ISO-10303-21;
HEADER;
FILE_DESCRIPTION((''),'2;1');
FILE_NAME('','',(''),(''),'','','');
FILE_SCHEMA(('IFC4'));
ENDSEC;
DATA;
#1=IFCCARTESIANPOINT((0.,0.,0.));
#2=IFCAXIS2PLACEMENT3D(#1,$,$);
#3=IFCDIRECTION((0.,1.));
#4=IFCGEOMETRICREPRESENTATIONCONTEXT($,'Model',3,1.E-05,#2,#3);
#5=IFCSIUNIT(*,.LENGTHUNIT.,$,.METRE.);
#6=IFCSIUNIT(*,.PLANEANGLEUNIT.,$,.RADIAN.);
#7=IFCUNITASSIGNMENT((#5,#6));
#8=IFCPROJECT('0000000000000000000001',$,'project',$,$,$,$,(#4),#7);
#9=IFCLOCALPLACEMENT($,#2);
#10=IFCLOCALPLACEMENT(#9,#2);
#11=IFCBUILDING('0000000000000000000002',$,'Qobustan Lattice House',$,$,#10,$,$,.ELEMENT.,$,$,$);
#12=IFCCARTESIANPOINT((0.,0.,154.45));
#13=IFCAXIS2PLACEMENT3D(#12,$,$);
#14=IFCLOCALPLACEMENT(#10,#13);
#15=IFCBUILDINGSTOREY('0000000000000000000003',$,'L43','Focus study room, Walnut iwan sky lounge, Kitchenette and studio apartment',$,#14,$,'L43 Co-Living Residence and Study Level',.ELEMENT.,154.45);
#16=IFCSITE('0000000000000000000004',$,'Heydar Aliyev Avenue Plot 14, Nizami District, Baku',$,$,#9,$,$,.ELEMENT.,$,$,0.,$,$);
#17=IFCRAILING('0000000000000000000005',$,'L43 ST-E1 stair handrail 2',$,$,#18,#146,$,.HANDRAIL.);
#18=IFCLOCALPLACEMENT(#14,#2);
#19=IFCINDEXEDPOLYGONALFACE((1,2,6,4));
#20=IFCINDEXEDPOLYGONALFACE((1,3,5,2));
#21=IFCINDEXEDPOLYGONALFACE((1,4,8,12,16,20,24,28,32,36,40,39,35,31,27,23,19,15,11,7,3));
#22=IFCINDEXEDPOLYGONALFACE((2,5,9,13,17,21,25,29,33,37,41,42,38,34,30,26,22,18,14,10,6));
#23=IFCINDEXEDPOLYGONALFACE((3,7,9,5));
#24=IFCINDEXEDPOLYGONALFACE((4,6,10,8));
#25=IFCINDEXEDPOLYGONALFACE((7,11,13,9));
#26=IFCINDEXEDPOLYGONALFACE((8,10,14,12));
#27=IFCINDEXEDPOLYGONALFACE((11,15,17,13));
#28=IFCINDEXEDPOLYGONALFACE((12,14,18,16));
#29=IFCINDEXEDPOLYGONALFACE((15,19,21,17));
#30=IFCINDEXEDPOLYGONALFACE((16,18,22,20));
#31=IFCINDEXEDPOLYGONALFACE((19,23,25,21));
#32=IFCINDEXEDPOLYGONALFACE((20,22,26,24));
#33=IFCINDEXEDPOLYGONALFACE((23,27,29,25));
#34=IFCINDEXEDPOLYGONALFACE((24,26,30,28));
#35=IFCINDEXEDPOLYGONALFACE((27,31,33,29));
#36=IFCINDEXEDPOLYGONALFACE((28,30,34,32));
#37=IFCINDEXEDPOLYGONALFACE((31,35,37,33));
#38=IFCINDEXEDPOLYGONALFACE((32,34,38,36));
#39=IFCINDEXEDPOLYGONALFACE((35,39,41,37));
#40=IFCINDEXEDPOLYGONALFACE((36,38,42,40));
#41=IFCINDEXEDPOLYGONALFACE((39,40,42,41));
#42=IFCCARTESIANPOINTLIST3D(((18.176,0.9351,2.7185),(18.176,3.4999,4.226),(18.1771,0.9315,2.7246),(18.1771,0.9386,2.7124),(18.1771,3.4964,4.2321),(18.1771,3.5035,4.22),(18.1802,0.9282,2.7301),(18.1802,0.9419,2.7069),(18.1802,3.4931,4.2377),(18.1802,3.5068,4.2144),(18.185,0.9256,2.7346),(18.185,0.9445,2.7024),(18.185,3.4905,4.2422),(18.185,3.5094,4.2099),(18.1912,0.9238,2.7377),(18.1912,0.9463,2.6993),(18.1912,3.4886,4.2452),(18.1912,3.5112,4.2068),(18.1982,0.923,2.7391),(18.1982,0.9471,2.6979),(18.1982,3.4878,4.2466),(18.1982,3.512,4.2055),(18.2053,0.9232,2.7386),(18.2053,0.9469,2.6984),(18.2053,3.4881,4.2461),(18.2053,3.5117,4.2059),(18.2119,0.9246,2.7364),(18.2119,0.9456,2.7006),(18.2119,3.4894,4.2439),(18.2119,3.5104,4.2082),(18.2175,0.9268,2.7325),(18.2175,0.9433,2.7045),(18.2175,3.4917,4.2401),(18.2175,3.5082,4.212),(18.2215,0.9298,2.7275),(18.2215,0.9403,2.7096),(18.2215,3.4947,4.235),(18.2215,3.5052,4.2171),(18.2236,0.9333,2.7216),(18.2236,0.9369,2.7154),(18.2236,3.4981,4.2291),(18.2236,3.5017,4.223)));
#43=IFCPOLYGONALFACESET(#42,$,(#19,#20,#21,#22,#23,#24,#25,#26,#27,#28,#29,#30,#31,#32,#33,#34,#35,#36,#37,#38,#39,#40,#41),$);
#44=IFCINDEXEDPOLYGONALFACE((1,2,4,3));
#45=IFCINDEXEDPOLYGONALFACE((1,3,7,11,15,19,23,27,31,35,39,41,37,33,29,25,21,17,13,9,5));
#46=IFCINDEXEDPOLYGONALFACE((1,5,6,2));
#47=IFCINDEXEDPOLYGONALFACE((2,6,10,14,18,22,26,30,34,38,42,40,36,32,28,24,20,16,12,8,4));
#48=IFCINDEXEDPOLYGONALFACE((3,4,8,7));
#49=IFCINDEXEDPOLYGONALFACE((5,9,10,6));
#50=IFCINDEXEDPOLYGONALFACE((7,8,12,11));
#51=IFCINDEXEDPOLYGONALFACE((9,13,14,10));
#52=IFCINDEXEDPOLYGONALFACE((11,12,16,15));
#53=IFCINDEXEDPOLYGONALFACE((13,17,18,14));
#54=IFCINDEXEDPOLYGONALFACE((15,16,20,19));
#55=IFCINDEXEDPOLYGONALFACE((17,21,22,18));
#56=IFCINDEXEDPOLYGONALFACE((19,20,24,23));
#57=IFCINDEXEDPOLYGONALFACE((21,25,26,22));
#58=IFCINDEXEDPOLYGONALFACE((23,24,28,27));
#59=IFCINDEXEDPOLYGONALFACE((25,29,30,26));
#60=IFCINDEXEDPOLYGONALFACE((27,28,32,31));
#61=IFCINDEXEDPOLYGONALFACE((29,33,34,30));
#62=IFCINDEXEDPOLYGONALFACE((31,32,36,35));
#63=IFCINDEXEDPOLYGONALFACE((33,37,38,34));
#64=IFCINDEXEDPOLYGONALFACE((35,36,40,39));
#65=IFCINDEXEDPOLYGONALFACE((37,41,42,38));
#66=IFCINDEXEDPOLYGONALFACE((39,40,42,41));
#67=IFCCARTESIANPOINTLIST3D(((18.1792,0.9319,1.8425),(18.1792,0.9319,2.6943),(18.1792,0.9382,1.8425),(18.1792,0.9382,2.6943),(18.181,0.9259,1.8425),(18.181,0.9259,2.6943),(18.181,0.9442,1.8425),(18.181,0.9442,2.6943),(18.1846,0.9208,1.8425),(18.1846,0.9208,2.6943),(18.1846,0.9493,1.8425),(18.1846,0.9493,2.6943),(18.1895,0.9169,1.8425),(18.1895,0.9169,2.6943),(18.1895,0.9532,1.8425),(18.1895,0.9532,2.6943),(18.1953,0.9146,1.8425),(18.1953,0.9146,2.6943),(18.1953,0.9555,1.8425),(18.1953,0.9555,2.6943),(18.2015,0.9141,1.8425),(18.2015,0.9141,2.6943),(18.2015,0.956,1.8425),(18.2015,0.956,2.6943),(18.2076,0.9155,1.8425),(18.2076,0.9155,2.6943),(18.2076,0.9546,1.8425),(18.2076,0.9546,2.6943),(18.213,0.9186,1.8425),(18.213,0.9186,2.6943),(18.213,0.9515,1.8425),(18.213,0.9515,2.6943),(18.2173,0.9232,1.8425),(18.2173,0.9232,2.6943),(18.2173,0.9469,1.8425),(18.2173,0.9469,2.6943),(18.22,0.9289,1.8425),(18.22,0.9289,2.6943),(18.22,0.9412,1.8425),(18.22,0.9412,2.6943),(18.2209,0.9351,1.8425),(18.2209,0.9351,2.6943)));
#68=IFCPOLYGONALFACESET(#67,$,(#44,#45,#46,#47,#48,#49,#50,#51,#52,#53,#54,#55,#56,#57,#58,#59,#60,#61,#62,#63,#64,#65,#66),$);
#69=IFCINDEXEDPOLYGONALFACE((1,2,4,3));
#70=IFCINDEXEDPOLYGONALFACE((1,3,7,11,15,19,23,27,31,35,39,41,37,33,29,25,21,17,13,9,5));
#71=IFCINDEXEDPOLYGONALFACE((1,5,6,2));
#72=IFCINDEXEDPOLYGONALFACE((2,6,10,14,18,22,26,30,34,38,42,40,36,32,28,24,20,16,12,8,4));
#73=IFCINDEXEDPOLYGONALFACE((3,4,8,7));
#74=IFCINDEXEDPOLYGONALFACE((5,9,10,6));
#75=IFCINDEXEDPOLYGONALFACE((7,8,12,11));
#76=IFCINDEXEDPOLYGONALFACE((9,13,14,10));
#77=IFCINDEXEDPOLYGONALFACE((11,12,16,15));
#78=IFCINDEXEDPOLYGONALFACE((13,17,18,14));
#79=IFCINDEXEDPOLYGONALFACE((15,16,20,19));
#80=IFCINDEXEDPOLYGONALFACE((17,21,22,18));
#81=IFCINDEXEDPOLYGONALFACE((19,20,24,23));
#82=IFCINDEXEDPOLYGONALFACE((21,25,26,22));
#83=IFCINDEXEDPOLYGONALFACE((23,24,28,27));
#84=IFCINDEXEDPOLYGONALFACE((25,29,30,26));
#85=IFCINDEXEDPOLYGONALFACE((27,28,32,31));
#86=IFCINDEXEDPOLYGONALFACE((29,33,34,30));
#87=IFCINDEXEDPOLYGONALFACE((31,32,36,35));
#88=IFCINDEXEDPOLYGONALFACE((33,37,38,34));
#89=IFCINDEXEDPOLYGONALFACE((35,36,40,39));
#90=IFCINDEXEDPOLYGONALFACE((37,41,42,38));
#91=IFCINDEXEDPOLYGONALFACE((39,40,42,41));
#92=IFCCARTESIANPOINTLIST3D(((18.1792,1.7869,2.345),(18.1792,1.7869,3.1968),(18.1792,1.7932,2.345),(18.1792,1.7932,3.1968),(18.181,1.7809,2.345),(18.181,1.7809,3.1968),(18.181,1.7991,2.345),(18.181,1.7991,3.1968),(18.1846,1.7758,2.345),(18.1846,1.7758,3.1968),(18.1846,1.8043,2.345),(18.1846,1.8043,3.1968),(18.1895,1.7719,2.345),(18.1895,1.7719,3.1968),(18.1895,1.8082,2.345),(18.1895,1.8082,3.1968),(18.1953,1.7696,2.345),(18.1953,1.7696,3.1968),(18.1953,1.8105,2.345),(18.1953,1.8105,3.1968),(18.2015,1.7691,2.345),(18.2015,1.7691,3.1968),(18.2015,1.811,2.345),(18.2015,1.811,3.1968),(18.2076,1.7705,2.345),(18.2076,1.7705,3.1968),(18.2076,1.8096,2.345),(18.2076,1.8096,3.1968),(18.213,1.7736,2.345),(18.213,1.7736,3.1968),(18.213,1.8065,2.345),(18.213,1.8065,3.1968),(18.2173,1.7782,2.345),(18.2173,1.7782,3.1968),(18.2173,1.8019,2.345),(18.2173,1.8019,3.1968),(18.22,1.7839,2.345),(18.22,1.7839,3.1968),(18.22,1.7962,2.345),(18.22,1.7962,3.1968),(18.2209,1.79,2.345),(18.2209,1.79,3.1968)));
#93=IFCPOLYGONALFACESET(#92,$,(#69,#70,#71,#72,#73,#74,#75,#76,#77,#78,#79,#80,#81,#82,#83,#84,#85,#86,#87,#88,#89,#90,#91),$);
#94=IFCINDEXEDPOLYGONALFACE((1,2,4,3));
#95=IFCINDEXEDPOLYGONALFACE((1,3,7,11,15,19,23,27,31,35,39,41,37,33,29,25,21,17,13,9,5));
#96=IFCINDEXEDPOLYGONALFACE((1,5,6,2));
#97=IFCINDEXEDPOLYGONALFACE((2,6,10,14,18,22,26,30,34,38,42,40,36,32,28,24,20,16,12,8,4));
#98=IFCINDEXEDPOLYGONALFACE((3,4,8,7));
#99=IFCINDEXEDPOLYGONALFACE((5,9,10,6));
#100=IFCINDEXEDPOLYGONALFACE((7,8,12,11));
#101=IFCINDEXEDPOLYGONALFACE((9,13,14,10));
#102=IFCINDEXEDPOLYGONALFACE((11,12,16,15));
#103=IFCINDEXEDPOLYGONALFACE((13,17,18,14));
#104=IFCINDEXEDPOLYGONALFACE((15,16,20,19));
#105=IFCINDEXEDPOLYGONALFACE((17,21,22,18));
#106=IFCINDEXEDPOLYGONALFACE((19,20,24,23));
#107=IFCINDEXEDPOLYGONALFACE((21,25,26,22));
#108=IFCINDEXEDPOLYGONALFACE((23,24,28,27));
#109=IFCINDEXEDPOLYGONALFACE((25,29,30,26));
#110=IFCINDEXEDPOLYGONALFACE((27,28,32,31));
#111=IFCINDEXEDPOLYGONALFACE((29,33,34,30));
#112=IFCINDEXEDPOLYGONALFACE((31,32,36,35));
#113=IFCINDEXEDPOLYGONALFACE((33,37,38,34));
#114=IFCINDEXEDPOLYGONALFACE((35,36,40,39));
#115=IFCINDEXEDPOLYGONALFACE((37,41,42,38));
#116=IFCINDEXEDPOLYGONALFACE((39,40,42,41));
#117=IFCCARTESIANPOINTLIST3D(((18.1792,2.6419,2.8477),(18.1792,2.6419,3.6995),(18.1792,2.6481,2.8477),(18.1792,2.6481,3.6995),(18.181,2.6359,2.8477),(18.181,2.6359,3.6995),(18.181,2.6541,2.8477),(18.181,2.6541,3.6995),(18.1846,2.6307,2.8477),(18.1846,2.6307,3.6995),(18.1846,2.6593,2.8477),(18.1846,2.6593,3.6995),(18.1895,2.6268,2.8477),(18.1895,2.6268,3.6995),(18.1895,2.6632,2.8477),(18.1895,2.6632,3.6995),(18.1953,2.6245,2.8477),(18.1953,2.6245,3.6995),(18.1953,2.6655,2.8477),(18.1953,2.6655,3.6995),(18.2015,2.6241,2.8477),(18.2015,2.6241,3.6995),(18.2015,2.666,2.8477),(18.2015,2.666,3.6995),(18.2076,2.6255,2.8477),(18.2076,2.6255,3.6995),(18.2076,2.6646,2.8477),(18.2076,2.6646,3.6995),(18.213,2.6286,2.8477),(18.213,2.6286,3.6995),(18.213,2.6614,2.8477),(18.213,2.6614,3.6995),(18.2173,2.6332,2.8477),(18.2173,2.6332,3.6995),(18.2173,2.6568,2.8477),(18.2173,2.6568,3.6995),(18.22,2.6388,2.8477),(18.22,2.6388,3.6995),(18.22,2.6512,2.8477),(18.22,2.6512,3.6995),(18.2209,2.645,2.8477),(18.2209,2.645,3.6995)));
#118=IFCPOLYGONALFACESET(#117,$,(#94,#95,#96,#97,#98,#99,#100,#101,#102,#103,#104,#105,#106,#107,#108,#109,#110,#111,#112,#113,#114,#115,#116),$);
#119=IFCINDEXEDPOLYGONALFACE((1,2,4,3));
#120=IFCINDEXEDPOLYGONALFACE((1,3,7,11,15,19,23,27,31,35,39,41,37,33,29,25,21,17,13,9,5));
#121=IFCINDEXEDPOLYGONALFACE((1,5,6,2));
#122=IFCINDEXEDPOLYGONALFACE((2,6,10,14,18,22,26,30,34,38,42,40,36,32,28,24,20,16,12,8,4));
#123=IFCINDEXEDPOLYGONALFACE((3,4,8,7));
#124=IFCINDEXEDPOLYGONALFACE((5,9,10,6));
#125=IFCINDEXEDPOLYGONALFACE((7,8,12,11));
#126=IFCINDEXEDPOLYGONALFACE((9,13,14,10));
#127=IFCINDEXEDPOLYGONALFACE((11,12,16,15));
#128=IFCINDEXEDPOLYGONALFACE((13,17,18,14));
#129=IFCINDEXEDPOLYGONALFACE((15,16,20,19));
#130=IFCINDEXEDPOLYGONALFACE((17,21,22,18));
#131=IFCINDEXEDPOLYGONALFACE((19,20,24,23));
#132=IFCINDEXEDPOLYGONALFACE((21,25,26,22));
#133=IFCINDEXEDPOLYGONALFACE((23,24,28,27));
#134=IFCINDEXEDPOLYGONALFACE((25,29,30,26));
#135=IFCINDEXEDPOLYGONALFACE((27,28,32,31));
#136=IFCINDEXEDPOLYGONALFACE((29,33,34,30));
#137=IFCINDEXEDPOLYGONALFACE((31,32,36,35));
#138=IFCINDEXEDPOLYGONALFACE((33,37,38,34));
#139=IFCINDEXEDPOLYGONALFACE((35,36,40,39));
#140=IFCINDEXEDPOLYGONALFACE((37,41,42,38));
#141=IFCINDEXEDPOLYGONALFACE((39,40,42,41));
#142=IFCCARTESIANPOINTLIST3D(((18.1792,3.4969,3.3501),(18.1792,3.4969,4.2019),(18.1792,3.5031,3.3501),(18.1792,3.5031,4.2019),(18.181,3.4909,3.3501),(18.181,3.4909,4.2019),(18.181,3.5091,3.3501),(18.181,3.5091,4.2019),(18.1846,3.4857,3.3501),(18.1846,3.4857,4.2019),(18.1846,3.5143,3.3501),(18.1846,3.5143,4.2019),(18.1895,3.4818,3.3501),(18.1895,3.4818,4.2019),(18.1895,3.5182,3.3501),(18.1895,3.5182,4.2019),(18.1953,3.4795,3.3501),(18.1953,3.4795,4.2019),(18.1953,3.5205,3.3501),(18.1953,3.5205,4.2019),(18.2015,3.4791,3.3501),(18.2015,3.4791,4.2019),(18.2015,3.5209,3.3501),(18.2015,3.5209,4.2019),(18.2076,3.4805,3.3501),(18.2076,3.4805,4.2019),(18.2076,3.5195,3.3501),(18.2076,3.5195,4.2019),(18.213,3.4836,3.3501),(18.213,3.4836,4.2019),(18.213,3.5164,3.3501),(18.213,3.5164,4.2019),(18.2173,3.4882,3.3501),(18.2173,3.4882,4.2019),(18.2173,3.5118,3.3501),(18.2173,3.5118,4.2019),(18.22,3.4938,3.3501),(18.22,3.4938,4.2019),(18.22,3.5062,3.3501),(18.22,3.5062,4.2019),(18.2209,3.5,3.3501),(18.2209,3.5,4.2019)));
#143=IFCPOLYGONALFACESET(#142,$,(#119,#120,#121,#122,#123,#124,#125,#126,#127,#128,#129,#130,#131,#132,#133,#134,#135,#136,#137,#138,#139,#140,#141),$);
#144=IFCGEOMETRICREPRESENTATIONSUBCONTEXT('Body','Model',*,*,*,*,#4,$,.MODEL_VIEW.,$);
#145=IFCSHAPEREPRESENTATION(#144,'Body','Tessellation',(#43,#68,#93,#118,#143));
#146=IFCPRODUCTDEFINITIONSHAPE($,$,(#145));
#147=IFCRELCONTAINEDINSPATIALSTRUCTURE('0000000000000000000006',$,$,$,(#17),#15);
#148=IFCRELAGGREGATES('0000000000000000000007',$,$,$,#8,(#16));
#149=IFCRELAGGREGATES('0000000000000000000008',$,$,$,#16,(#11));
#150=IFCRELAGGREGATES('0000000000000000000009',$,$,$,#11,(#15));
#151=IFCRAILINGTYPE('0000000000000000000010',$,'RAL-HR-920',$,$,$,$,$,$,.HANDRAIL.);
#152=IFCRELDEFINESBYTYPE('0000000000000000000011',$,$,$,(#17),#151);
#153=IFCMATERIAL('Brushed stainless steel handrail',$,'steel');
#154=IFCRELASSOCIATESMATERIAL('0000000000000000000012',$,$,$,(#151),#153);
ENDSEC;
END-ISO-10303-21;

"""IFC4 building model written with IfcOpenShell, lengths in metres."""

from ifc_helpers import new_model, si_unit, direction, frame, origin, origin_2d, place, context, subcontext, project, spatial, circle, extrude, material, type_object, element, save


model = new_model("IFC4")

# Units and contexts
model_context = context("Model", 3, precision=1e-05, world=origin(), true_north=direction((0.0, 1.0)))
body_context = subcontext(model_context, "Body", "Model", "MODEL_VIEW")
ifc_project = project(units=[si_unit("LENGTHUNIT", "METRE"), si_unit("PLANEANGLEUNIT", "RADIAN")], contexts=[model_context])

# Site, building, storey
site_placement = place(None, origin())
site = spatial("IfcSite", under=ifc_project, at=site_placement, Name="Heydar Aliyev Avenue Plot 14, Nizami District, Baku", CompositionType="ELEMENT", RefElevation=0.0)
building_placement = place(site_placement, origin())
building = spatial("IfcBuilding", under=site, at=building_placement, Name="Qobustan Lattice House", CompositionType="ELEMENT")
storey_placement = place(building_placement, frame((0.0, 0.0, 154.45)))
storey = spatial("IfcBuildingStorey", under=building, at=storey_placement, Name="L43", Description="Focus study room, Walnut iwan sky lounge, Kitchenette and studio apartment", LongName="L43 Co-Living Residence and Study Level", CompositionType="ELEMENT", Elevation=154.45)

# Railing
ifc_material_1 = material(Name="Brushed stainless steel handrail", Category="steel")
railing_type_1 = type_object("IfcRailingType", Name="RAL-HR-920", PredefinedType="HANDRAIL", material=ifc_material_1)
railing_1_placement = place(storey_placement, frame((18.2, 0.9351, 1.8425)))
element("IfcRailing", 1, at=railing_1_placement, inside=storey, type_object=railing_type_1, Name="L43 ST-E1 stair handrail 2", PredefinedType="HANDRAIL", context=body_context, shape_type="SweptSolid", body=[
    extrude(circle(Radius=0.0239, at=origin_2d()), frame((0.0, 0.0, 0.876), z_axis=(0.0, 0.862113, 0.506715), x_axis=(-1.0, 0.0, 0.0)), (0.0, 0.0, 1.0), 2.9751),
    extrude(circle(Radius=0.021, at=origin_2d()), origin(), (0.0, 0.0, 1.0), 0.8518),
    extrude(circle(Radius=0.021, at=origin_2d()), frame((0.0, 0.855, 0.5024)), (0.0, 0.0, 1.0), 0.8518),
    extrude(circle(Radius=0.021, at=origin_2d()), frame((0.0, 1.71, 1.0051)), (0.0, 0.0, 1.0), 0.8518),
    extrude(circle(Radius=0.021, at=origin_2d()), frame((0.0, 2.5649, 1.5076)), (0.0, 0.0, 1.0), 0.8518),
])

save(model, "model.ifc")
